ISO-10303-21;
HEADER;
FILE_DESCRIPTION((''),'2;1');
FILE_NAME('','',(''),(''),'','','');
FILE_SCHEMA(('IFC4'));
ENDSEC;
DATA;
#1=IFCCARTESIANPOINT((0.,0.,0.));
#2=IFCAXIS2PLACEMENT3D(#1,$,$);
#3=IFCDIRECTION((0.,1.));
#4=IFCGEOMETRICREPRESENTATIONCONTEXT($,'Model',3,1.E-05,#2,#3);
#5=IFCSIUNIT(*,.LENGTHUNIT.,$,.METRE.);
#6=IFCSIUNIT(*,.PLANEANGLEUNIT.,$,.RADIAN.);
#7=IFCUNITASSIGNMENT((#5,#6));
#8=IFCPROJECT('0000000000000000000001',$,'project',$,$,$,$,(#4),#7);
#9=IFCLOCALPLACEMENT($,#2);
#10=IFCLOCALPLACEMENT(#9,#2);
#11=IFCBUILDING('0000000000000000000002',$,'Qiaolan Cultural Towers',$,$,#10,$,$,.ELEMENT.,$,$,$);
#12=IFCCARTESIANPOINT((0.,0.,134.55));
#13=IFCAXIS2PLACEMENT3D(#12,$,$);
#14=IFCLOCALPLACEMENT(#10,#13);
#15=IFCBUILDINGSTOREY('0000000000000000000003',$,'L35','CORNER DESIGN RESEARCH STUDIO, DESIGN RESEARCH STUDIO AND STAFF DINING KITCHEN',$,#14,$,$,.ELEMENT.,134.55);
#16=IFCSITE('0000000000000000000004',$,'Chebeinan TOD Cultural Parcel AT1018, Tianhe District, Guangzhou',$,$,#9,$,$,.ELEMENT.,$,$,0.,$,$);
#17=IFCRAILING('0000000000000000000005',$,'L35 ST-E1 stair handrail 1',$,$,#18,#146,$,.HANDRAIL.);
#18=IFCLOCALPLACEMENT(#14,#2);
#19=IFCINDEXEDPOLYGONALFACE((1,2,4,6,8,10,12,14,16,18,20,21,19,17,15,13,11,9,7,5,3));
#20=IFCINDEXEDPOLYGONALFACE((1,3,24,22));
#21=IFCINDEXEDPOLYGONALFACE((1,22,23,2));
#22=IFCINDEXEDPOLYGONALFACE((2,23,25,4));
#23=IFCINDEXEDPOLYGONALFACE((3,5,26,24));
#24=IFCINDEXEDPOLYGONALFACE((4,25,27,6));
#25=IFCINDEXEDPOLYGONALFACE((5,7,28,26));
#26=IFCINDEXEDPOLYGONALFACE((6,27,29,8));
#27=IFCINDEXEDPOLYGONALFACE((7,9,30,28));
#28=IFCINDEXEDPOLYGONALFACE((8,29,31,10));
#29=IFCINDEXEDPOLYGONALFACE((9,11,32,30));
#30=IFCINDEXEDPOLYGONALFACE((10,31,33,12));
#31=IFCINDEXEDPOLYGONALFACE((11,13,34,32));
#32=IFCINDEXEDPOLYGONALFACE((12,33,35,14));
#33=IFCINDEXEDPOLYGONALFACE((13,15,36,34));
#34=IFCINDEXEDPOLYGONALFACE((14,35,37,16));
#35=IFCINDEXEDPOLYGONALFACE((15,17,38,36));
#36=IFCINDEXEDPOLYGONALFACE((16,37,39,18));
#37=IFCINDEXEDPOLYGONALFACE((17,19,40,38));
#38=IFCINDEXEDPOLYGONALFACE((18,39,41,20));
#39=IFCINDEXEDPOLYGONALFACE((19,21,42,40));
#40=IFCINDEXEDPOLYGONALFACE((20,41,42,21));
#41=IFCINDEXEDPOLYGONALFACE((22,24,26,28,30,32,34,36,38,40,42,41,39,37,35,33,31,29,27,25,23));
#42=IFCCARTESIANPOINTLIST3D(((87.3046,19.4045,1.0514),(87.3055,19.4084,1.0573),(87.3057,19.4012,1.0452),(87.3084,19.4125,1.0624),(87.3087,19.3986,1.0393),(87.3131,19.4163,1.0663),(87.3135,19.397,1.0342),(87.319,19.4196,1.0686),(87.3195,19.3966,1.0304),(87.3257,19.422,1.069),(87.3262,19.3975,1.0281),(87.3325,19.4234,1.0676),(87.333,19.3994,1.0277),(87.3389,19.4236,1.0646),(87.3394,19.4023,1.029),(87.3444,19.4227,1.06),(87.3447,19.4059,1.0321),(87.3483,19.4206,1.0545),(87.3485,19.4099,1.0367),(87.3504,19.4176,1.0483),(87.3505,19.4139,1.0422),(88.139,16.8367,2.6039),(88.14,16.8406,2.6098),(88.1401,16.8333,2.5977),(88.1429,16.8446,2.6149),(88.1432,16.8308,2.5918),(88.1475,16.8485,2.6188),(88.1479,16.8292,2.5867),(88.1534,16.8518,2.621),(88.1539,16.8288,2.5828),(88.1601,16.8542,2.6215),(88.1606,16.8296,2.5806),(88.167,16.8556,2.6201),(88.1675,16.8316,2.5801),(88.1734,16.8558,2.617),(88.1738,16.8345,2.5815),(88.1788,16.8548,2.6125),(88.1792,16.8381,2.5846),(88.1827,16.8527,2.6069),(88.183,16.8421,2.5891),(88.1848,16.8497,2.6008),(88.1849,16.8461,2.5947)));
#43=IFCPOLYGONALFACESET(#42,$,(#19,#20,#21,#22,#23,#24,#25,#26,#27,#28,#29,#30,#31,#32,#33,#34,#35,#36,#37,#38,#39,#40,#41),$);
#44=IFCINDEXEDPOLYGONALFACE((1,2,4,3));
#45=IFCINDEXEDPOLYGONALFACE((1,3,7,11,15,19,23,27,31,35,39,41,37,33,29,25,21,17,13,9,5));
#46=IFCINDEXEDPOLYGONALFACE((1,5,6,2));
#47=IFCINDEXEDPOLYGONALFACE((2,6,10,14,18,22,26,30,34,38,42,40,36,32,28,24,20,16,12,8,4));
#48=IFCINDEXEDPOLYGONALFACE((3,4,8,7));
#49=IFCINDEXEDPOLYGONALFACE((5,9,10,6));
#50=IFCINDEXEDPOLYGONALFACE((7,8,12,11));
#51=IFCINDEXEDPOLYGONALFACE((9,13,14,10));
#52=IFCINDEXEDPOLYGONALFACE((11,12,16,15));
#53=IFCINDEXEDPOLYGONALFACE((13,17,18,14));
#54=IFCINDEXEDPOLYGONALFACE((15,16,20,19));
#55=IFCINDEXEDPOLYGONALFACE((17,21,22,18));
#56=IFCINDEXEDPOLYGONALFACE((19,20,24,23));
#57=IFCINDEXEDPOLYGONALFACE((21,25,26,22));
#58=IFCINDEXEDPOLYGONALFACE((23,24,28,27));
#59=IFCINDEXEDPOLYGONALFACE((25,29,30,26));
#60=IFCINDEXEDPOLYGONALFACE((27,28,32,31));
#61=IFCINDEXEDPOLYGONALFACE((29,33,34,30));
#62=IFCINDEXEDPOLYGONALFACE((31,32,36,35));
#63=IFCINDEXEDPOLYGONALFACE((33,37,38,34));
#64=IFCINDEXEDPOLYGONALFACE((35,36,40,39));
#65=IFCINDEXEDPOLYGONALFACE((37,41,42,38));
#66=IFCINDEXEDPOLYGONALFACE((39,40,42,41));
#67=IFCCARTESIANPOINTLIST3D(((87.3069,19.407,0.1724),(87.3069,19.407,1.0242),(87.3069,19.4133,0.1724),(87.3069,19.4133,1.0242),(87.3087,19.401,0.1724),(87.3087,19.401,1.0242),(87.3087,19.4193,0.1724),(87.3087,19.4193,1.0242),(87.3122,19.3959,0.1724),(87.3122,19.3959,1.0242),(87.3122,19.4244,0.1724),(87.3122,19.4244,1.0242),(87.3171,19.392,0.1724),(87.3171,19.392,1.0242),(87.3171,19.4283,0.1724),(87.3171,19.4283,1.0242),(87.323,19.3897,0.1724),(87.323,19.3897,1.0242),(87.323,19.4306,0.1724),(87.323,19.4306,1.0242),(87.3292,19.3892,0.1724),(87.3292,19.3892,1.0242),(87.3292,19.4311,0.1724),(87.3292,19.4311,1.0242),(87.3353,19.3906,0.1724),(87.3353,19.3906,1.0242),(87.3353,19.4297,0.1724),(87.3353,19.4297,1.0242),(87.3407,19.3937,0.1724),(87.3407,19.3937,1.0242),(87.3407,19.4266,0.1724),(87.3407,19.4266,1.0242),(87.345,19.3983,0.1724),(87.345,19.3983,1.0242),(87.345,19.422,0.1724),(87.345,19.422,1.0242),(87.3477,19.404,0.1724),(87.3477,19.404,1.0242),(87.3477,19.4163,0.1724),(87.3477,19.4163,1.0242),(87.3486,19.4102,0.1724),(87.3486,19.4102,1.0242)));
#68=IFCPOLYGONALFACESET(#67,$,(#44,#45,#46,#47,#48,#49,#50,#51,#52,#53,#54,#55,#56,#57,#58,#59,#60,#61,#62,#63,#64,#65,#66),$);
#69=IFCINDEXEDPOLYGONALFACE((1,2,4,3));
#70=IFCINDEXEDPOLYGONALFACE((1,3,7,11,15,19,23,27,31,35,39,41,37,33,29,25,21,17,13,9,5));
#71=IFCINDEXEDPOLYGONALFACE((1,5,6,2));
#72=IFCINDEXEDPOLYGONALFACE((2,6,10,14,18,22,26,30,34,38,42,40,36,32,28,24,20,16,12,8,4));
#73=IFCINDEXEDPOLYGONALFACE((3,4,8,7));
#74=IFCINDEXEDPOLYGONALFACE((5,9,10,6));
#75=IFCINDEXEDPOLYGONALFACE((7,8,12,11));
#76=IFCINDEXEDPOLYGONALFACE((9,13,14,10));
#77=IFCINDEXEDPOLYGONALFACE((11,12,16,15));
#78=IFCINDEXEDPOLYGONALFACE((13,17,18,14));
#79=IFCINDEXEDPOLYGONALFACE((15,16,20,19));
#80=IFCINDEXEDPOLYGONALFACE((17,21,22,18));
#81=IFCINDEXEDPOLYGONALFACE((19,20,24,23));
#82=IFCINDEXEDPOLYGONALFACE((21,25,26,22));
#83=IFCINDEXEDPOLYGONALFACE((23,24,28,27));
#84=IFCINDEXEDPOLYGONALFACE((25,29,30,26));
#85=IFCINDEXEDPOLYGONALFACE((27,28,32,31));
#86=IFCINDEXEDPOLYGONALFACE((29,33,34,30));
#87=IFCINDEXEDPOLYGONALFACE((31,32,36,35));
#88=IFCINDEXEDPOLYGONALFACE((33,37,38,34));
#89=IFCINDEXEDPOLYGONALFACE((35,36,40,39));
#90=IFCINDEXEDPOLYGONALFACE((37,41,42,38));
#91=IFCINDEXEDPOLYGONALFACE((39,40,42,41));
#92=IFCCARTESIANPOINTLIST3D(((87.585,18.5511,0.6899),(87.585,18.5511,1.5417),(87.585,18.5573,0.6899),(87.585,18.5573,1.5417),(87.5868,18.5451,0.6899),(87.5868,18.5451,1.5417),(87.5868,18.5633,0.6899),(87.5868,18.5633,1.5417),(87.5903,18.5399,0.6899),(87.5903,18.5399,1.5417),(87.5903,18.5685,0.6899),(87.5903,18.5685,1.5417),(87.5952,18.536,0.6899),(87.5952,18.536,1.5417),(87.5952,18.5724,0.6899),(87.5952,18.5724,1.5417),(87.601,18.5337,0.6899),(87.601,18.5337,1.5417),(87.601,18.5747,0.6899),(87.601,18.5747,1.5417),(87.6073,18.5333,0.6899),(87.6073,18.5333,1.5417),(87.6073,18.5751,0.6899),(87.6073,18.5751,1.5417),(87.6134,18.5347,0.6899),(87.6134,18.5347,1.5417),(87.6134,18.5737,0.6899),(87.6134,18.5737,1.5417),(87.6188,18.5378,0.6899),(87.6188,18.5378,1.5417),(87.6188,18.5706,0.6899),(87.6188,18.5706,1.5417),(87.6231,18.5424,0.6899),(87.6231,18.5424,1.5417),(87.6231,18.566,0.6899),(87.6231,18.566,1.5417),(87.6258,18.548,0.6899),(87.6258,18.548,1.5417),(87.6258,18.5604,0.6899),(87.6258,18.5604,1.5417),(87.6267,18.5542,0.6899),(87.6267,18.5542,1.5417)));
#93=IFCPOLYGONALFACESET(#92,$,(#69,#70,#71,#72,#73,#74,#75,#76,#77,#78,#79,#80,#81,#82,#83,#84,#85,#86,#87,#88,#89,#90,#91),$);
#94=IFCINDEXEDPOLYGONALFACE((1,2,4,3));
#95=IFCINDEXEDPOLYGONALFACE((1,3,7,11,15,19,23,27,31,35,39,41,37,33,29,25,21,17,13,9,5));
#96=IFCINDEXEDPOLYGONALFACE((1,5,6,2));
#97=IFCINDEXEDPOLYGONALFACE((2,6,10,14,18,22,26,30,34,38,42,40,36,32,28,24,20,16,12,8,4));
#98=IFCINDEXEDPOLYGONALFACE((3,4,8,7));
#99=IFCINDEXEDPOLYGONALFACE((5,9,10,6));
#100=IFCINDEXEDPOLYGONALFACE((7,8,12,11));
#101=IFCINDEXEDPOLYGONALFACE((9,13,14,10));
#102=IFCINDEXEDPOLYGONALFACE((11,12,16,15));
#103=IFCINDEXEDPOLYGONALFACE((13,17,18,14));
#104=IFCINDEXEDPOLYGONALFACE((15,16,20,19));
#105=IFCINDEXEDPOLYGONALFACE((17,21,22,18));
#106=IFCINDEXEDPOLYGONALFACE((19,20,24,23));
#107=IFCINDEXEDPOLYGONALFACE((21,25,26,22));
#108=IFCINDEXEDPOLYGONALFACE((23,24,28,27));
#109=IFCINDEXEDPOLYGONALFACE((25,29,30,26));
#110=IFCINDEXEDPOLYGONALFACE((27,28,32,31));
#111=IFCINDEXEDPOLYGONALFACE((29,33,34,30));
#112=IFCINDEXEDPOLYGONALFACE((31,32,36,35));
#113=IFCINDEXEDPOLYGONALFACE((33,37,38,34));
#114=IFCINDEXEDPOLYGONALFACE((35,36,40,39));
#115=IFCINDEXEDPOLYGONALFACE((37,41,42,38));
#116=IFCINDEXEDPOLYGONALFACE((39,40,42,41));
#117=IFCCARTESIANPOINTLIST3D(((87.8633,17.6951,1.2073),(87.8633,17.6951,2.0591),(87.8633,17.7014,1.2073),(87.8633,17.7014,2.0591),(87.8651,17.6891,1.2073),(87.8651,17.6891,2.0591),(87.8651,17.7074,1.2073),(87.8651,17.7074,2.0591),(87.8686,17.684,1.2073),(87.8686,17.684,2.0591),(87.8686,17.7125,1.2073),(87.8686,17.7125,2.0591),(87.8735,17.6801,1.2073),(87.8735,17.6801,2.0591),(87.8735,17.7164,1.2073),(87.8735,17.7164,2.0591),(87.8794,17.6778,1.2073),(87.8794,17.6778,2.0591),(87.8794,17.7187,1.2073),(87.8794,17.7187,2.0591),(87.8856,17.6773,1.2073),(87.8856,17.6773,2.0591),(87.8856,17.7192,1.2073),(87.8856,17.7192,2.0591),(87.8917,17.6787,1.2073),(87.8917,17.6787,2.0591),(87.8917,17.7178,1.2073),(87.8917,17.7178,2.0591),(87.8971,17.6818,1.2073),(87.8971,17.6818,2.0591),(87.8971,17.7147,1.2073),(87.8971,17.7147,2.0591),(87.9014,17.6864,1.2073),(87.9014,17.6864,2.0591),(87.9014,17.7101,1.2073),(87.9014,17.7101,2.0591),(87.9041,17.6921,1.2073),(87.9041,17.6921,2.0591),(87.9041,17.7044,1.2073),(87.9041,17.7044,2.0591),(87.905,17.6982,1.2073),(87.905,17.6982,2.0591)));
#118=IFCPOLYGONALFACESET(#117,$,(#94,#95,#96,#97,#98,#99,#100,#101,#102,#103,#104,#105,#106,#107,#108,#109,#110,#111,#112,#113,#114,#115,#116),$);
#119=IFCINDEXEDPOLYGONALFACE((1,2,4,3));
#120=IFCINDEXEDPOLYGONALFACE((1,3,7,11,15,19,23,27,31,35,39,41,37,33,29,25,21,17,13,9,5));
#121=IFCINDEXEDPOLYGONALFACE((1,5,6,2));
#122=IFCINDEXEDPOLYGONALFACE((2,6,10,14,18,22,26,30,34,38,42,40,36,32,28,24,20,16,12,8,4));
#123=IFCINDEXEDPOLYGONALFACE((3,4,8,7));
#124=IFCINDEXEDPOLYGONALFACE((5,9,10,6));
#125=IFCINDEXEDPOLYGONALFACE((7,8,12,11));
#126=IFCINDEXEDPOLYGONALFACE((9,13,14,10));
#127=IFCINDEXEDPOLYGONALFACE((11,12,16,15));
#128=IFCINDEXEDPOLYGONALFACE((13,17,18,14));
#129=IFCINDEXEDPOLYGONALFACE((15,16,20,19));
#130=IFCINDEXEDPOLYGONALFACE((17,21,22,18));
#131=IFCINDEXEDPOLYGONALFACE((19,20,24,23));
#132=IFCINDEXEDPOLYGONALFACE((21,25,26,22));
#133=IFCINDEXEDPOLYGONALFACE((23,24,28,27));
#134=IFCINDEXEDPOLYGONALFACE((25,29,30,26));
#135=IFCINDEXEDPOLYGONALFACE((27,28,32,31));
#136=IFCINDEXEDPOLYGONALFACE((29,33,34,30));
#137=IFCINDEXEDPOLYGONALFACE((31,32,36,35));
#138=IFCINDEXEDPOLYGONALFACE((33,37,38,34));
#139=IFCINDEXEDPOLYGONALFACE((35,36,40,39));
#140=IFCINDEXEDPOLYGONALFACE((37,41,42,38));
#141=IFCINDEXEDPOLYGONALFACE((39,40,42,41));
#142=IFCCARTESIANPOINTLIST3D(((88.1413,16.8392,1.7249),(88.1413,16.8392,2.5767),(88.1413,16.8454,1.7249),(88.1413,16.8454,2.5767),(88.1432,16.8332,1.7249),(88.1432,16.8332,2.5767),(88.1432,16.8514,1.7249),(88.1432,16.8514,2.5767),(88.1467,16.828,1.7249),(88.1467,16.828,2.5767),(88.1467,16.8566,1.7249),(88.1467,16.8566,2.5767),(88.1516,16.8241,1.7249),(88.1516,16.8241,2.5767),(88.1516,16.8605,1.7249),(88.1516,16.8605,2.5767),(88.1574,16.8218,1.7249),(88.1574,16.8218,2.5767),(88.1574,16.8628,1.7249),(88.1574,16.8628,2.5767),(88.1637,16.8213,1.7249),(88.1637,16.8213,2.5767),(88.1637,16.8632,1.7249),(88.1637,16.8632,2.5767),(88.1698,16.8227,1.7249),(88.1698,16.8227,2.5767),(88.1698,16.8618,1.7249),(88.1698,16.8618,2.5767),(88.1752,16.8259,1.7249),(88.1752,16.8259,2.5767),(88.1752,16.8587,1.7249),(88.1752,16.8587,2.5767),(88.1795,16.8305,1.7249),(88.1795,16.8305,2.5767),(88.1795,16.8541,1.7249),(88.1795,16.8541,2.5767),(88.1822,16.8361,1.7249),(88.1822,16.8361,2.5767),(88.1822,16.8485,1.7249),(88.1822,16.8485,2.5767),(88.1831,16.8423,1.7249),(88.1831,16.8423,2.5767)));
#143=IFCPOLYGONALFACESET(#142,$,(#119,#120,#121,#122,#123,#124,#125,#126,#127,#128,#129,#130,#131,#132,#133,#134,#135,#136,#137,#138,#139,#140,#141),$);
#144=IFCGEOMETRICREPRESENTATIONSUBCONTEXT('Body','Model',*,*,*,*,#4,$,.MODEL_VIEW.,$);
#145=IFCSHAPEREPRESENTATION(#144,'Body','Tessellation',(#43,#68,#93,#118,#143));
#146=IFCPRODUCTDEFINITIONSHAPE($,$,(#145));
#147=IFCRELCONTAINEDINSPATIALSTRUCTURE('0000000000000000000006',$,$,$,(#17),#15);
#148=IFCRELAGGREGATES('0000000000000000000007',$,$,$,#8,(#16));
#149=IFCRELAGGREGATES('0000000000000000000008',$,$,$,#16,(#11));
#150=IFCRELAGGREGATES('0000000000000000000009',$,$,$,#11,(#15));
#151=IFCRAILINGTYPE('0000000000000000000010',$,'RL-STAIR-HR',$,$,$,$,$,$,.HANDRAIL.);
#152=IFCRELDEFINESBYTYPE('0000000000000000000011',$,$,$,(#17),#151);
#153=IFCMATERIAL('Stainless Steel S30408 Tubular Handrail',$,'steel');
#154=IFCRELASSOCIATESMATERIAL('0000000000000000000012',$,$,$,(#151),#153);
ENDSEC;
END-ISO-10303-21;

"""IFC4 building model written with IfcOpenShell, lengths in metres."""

from ifc_helpers import new_model, si_unit, direction, frame, origin, origin_2d, place, context, subcontext, project, spatial, circle, extrude, material, type_object, element, save


model = new_model("IFC4")

# Units and contexts
model_context = context("Model", 3, precision=1e-05, world=origin(), true_north=direction((0.0, 1.0)))
body_context = subcontext(model_context, "Body", "Model", "MODEL_VIEW")
ifc_project = project(units=[si_unit("LENGTHUNIT", "METRE"), si_unit("PLANEANGLEUNIT", "RADIAN")], contexts=[model_context])

# Site, building, storey
site_placement = place(None, origin())
site = spatial("IfcSite", under=ifc_project, at=site_placement, Name="Chebeinan TOD Cultural Parcel AT1018, Tianhe District, Guangzhou", CompositionType="ELEMENT", RefElevation=0.0)
building_placement = place(site_placement, origin())
building = spatial("IfcBuilding", under=site, at=building_placement, Name="Qiaolan Cultural Towers", CompositionType="ELEMENT")
storey_placement = place(building_placement, frame((0.0, 0.0, 134.55)))
storey = spatial("IfcBuildingStorey", under=building, at=storey_placement, Name="L35", Description="CORNER DESIGN RESEARCH STUDIO, DESIGN RESEARCH STUDIO AND STAFF DINING KITCHEN", CompositionType="ELEMENT", Elevation=134.55)

# Railing
ifc_material_1 = material(Name="Stainless Steel S30408 Tubular Handrail", Category="steel")
railing_type_1 = type_object("IfcRailingType", Name="RL-STAIR-HR", PredefinedType="HANDRAIL", material=ifc_material_1)
railing_1_placement = place(storey_placement, frame((87.3276, 19.4102, 0.1724)))
element("IfcRailing", 1, at=railing_1_placement, inside=storey, type_object=railing_type_1, Name="L35 ST-E1 stair handrail 1", PredefinedType="HANDRAIL", context=body_context, shape_type="SweptSolid", body=[
    extrude(circle(Radius=0.0239, at=origin_2d()), frame((0.0, 0.0, 0.876), z_axis=(0.267926, -0.824471, 0.498461), x_axis=(0.951043, 0.309057, 0.0)), (0.0, 0.0, 1.0), 3.1145),
    extrude(circle(Radius=0.021, at=origin_2d()), origin(), (0.0, 0.0, 1.0), 0.8518),
    extrude(circle(Radius=0.021, at=origin_2d()), frame((0.2781, -0.856, 0.5176)), (0.0, 0.0, 1.0), 0.8518),
    extrude(circle(Radius=0.021, at=origin_2d()), frame((0.5564, -1.7119, 1.0349)), (0.0, 0.0, 1.0), 0.8518),
    extrude(circle(Radius=0.021, at=origin_2d()), frame((0.8345, -2.5679, 1.5525)), (0.0, 0.0, 1.0), 0.8518),
])

save(model, "model.ifc")
